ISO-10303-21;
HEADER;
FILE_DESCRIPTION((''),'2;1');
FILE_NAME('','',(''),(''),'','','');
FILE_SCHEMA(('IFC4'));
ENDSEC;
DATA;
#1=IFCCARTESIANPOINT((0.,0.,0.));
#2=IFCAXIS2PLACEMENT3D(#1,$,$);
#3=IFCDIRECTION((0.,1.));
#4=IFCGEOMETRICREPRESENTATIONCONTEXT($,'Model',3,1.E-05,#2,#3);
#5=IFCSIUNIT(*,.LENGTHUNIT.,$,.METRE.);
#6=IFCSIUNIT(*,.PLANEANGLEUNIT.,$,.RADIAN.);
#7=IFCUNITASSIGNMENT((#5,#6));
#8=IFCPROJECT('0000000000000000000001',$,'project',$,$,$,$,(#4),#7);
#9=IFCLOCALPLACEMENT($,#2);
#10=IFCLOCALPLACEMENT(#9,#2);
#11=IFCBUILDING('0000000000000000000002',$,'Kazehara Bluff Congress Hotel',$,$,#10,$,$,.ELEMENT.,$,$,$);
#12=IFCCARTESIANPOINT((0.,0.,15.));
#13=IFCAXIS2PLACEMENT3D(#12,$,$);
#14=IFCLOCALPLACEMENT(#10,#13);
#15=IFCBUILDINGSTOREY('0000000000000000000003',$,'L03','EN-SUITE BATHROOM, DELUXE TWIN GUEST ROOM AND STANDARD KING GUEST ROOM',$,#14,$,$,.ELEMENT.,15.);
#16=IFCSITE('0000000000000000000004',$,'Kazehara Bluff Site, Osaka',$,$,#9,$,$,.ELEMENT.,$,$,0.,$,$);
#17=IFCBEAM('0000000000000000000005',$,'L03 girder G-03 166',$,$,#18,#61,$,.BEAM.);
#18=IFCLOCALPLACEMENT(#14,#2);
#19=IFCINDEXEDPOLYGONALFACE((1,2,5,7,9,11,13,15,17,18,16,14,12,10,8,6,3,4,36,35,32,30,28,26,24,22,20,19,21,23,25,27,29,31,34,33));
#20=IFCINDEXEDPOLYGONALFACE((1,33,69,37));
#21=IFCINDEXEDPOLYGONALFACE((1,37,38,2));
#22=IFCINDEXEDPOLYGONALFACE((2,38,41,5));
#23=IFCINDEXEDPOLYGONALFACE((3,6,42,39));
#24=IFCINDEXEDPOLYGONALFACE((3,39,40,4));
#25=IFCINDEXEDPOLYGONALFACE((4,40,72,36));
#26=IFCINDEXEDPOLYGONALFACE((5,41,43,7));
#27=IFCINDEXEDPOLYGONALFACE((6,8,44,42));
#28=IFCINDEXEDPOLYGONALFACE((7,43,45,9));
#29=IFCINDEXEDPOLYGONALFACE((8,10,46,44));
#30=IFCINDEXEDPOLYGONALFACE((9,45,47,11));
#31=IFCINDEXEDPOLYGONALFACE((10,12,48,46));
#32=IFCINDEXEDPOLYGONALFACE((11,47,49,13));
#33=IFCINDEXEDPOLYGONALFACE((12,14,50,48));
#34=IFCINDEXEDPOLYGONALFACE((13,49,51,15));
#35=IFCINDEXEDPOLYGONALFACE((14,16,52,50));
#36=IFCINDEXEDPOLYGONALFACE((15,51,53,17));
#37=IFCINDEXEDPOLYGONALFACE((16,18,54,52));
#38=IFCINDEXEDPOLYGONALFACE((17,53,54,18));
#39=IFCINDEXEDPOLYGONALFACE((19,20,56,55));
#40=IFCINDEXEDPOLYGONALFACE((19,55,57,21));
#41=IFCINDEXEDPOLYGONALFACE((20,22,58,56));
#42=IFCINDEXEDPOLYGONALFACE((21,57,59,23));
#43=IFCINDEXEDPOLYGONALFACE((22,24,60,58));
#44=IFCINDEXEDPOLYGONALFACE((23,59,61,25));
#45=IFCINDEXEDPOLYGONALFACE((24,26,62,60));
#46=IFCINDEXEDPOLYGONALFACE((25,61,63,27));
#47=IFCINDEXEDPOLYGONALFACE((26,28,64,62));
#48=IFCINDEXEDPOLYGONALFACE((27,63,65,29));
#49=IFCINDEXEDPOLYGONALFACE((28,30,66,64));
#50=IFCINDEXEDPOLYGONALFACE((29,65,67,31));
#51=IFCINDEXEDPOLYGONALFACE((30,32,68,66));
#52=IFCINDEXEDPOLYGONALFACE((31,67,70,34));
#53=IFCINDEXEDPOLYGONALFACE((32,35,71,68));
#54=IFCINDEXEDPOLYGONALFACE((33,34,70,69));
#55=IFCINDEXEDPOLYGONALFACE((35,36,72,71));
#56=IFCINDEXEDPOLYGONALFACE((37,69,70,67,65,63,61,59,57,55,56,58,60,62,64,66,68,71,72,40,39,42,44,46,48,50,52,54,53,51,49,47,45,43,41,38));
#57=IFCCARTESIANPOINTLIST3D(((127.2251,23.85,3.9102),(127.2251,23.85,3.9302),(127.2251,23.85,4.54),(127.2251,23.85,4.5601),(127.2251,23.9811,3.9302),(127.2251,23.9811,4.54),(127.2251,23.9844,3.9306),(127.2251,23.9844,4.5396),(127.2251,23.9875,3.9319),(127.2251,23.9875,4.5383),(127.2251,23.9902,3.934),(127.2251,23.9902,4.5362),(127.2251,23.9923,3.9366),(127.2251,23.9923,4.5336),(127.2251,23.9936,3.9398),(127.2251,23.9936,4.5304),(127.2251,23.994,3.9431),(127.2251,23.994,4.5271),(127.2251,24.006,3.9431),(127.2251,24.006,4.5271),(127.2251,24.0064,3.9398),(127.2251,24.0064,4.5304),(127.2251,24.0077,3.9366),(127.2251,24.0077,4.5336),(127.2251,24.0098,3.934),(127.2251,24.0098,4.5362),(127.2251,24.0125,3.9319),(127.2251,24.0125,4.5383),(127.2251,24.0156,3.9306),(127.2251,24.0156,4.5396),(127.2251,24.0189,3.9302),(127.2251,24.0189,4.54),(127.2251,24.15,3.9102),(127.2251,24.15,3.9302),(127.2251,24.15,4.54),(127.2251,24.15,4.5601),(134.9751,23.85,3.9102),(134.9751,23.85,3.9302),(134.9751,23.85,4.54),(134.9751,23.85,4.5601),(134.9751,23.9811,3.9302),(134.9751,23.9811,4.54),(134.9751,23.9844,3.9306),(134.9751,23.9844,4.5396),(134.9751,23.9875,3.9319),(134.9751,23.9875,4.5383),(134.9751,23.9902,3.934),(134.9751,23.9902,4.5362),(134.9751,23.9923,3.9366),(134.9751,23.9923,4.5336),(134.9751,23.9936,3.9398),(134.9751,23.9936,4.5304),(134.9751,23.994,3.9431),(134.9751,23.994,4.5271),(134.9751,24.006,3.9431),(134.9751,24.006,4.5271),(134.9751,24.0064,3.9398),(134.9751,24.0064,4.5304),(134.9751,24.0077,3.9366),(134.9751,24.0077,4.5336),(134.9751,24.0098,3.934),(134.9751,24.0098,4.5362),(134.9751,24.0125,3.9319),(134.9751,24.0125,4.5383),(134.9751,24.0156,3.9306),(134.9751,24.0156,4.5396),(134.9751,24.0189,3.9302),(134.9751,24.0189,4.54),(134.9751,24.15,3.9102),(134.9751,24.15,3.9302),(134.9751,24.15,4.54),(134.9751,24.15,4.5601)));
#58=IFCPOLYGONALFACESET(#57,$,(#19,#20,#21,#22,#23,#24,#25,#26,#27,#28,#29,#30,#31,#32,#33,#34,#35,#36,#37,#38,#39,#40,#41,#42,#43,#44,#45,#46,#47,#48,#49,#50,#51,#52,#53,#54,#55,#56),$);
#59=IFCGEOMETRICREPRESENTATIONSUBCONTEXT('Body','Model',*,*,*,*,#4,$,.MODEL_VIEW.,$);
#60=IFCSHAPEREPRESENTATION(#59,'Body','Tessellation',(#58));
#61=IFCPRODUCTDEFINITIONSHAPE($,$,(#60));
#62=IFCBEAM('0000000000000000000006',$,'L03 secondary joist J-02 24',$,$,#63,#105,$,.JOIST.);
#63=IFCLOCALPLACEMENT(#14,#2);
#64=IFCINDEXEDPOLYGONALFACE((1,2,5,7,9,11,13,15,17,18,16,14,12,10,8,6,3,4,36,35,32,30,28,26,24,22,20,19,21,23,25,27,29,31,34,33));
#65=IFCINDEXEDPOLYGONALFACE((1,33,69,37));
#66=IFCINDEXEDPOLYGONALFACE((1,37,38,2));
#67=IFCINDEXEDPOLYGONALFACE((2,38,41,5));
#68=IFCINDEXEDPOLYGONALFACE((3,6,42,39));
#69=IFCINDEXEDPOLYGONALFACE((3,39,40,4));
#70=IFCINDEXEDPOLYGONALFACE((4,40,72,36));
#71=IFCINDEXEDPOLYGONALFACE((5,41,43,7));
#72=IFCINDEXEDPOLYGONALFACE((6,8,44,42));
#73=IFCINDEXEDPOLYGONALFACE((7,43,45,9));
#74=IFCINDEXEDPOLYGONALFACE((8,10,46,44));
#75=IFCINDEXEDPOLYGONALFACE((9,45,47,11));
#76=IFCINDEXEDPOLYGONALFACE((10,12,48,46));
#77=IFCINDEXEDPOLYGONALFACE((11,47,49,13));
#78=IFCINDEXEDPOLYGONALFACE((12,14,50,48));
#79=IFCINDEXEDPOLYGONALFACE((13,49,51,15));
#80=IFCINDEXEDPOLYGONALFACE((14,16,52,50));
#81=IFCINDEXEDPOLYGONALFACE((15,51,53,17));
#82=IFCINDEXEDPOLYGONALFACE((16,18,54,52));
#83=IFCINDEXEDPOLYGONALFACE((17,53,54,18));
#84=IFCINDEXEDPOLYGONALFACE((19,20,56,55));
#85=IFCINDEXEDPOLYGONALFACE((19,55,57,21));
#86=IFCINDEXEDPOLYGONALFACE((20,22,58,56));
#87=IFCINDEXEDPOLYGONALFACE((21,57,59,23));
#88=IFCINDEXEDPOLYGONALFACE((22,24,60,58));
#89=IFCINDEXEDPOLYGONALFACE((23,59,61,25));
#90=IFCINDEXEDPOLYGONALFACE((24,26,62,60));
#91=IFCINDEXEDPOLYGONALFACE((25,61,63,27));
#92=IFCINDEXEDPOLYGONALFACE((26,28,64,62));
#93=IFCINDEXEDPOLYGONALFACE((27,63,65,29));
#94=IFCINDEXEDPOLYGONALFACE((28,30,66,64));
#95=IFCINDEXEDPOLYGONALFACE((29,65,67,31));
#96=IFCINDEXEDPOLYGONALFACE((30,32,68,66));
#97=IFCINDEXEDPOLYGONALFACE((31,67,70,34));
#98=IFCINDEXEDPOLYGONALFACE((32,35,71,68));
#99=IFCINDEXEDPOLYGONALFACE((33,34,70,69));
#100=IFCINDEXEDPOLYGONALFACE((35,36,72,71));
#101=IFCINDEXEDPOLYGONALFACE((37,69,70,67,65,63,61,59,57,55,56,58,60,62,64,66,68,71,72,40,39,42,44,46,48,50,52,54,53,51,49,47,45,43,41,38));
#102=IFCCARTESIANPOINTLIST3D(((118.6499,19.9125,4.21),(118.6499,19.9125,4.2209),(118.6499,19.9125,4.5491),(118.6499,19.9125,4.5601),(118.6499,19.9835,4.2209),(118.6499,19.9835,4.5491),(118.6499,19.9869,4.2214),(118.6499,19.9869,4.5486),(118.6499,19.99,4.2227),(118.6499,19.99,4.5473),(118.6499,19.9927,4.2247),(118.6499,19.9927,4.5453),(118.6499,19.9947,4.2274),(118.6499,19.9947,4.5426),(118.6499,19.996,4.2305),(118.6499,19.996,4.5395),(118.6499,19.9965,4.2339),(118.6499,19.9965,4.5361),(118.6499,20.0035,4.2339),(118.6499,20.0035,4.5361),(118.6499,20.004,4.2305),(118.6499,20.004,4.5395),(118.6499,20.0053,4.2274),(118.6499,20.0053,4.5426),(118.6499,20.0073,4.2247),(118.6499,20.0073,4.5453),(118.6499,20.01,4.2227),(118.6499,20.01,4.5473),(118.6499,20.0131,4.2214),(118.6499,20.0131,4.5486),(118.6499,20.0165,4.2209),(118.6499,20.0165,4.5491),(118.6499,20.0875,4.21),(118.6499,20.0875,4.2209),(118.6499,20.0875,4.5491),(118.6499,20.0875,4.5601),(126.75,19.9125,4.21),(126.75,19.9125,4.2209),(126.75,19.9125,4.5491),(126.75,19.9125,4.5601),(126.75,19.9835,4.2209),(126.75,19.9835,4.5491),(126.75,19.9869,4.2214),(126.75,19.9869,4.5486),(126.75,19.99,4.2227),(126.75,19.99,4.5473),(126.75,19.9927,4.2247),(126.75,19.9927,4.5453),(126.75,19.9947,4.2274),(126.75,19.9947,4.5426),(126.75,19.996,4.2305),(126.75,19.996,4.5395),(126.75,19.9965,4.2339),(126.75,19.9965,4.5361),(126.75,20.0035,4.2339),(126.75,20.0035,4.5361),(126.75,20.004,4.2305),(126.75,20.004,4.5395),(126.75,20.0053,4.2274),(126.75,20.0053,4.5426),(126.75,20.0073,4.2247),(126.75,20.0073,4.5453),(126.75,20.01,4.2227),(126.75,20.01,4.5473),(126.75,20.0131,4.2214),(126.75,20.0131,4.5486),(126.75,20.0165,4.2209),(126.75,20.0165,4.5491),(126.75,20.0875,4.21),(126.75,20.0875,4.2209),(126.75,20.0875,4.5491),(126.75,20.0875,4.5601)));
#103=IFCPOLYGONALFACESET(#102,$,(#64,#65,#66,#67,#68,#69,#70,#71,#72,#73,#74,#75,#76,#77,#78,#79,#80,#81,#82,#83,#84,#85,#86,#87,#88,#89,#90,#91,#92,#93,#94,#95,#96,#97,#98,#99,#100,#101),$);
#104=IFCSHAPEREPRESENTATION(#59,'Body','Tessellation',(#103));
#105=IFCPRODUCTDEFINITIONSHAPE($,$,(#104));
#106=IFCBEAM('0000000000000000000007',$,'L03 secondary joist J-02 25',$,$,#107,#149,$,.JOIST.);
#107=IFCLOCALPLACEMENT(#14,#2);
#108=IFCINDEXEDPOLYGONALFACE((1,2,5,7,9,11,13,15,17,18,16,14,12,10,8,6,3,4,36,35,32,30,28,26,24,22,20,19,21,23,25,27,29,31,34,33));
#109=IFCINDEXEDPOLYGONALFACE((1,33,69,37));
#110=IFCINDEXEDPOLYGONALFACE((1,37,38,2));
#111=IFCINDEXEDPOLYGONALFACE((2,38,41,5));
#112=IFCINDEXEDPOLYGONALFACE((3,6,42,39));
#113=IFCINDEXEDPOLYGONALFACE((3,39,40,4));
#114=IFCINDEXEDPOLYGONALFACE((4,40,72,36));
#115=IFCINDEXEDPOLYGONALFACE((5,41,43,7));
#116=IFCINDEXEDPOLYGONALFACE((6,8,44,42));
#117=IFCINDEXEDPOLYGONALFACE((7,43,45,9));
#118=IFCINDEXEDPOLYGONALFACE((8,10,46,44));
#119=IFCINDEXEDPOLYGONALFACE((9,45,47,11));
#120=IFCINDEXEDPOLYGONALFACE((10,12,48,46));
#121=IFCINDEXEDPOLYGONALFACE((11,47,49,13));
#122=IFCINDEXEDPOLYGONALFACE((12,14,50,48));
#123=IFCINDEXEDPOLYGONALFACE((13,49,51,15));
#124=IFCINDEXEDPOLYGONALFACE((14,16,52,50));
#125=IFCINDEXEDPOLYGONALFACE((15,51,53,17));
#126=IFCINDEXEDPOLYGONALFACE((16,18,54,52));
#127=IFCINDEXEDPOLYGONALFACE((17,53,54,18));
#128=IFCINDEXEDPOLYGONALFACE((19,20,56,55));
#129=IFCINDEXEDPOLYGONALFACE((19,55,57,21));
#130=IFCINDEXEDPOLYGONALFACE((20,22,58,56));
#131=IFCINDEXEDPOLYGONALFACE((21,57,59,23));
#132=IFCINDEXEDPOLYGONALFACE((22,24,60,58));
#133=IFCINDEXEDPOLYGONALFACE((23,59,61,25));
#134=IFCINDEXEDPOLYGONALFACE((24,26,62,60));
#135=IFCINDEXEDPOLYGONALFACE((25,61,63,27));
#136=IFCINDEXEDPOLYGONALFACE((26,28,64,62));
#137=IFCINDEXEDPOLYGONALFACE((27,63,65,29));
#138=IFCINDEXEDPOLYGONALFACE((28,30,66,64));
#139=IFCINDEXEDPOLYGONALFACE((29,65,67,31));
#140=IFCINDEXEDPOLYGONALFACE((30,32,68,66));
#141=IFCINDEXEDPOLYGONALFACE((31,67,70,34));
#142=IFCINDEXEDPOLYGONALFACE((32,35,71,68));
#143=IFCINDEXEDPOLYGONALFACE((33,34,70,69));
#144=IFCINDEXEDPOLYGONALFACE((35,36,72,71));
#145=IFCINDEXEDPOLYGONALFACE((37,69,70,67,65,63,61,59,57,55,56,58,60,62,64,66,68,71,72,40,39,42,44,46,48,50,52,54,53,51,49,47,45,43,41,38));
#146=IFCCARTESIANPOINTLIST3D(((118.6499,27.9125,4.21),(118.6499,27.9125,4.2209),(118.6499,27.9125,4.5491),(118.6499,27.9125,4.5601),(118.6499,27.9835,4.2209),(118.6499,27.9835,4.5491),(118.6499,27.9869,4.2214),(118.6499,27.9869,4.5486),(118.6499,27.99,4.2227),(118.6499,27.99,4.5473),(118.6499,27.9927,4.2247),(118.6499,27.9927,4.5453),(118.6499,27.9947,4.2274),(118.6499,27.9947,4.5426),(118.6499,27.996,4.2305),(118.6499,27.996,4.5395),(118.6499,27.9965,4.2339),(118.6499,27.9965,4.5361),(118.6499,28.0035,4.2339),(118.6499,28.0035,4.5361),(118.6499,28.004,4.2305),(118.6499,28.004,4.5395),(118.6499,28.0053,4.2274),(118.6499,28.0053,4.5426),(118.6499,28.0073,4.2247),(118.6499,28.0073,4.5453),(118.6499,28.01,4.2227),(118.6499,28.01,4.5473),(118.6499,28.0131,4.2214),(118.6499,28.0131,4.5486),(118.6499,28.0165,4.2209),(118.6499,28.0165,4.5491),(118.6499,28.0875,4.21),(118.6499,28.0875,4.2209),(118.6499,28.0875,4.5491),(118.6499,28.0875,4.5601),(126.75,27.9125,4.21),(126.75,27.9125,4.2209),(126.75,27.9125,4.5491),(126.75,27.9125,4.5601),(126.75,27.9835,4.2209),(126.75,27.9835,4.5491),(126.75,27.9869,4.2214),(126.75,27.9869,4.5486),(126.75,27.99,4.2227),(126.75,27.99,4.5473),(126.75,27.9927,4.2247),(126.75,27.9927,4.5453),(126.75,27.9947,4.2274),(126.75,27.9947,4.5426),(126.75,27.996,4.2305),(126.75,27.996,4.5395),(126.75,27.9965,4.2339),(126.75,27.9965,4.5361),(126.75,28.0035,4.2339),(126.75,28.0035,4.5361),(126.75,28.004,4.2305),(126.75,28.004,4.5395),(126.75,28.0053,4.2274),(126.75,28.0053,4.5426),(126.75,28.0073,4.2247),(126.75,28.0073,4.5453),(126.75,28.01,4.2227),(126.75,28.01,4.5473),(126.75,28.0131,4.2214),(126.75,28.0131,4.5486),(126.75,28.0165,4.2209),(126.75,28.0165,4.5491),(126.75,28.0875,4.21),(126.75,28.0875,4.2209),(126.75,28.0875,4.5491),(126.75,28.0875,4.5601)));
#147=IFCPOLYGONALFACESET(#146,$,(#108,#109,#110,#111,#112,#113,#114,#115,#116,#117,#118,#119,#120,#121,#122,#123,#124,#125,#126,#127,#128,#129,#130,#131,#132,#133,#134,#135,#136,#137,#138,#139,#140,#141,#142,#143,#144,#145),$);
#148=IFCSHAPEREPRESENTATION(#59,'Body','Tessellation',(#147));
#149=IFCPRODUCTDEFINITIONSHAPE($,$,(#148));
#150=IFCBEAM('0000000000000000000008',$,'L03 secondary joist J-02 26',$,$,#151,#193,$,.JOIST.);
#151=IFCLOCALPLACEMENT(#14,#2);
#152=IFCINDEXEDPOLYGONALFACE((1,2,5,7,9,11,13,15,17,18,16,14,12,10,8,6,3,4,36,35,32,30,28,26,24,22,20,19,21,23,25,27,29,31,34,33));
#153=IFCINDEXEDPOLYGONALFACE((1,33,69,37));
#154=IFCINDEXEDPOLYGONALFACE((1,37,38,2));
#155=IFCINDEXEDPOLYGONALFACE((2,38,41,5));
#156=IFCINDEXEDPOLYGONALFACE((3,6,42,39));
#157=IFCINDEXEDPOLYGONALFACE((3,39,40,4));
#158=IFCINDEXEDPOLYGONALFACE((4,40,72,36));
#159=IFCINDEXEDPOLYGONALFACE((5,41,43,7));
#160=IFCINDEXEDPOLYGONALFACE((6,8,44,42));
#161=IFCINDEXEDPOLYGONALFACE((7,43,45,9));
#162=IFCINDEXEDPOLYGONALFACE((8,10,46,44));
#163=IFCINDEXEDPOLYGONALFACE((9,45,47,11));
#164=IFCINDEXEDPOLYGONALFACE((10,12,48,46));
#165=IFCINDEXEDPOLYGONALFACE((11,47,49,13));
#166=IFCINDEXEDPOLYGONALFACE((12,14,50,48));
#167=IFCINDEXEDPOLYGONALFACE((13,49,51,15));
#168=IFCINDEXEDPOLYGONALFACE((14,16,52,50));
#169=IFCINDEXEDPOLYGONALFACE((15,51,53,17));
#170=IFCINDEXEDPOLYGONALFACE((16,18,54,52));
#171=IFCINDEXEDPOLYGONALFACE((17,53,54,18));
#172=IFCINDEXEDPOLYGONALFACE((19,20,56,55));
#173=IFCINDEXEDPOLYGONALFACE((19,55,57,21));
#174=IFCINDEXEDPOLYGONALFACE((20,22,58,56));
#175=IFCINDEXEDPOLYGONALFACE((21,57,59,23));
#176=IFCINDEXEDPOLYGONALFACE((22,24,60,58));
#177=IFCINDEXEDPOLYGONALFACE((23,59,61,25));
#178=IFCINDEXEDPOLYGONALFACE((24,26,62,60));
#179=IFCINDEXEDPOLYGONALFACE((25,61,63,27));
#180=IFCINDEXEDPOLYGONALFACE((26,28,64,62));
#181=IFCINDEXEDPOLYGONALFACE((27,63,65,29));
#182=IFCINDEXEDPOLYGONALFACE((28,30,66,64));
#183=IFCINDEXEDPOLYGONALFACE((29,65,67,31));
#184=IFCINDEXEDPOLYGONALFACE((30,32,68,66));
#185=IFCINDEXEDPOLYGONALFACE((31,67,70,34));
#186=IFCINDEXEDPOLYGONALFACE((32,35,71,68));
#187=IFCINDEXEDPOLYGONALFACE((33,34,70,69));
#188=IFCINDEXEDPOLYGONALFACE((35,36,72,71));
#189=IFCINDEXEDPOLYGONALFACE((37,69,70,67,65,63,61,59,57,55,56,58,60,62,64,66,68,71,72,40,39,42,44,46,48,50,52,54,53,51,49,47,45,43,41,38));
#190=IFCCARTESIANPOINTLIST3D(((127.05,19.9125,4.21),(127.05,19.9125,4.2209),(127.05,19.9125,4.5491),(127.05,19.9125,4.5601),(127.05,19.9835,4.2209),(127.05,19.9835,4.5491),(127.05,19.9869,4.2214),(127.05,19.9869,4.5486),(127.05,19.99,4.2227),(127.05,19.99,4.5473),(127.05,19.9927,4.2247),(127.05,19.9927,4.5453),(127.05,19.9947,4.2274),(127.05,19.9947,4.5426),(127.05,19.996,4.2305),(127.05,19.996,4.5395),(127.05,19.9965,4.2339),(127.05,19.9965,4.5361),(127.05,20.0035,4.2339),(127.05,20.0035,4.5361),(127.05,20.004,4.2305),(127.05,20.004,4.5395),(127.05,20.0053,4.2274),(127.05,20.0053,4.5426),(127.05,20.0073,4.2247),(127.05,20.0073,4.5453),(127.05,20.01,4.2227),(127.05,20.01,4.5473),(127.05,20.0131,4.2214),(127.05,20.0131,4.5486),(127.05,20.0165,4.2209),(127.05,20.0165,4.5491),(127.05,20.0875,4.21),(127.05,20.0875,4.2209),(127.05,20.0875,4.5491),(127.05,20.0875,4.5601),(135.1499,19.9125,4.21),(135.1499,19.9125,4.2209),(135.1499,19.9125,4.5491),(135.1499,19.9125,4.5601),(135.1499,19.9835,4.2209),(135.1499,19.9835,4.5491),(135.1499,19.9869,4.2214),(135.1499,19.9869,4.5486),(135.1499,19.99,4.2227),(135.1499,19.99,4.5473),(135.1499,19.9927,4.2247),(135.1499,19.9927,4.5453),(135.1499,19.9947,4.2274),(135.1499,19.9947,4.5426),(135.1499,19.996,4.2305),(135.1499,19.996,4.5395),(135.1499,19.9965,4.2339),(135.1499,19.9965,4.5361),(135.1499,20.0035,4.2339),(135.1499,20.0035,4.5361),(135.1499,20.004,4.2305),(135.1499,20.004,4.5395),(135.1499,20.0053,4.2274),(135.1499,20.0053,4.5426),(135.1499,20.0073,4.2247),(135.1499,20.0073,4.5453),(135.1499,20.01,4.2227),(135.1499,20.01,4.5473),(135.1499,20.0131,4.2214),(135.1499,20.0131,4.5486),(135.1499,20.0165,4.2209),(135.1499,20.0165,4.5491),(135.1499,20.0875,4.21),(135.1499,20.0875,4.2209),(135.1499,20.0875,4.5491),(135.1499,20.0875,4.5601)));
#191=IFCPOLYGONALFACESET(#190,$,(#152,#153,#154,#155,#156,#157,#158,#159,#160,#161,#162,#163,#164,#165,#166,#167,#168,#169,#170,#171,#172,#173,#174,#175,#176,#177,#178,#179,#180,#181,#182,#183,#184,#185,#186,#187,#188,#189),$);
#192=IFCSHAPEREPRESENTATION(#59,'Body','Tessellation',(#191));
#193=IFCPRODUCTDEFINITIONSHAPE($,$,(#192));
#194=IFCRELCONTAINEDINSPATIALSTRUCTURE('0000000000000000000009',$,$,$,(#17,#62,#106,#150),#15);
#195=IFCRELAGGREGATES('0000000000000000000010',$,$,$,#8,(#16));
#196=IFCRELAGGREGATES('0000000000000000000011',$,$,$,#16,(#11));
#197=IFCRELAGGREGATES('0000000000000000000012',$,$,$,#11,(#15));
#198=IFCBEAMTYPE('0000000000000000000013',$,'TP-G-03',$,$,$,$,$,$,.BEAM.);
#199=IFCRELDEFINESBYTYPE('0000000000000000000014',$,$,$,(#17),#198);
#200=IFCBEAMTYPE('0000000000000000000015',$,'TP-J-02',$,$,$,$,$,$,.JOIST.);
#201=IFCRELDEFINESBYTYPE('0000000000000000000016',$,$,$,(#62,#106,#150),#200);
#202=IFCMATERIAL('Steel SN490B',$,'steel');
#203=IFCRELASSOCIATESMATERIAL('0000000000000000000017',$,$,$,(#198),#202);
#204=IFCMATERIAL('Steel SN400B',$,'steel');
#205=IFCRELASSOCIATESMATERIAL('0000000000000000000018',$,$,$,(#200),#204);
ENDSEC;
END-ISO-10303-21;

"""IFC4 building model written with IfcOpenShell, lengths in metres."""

from ifc_helpers import new_model, si_unit, direction, frame, origin, origin_2d, place, context, subcontext, project, spatial, i_section, extrude, material, material_profile, profile_set, type_object, element, save


model = new_model("IFC4")

# Units and contexts
model_context = context("Model", 3, precision=1e-05, world=origin(), true_north=direction((0.0, 1.0)))
body_context = subcontext(model_context, "Body", "Model", "MODEL_VIEW")
ifc_project = project(units=[si_unit("LENGTHUNIT", "METRE"), si_unit("PLANEANGLEUNIT", "RADIAN")], contexts=[model_context])

# Site, building, storey
site_placement = place(None, origin())
site = spatial("IfcSite", under=ifc_project, at=site_placement, Name="Kazehara Bluff Site, Osaka", CompositionType="ELEMENT", RefElevation=0.0)
building_placement = place(site_placement, origin())
building = spatial("IfcBuilding", under=site, at=building_placement, Name="Kazehara Bluff Congress Hotel", CompositionType="ELEMENT")
storey_placement = place(building_placement, frame((0.0, 0.0, 15.0)))
storey = spatial("IfcBuildingStorey", under=building, at=storey_placement, Name="L03", Description="EN-SUITE BATHROOM, DELUXE TWIN GUEST ROOM AND STANDARD KING GUEST ROOM", CompositionType="ELEMENT", Elevation=15.0)

# Beams
ifc_material_1 = material(Name="Steel SN490B", Category="steel")
ifc_material_profile_1 = material_profile(ifc_material_1, i_section(OverallWidth=0.3, OverallDepth=0.6499, WebThickness=0.012, FlangeThickness=0.02, FilletRadius=0.0129, at=origin_2d()))
ifc_profile_set_1 = profile_set([ifc_material_profile_1], Name="Steel SN490B")
beam_type_1 = type_object("IfcBeamType", Name="TP-G-03", PredefinedType="BEAM", material=ifc_profile_set_1)
for number, where, z_axis, x_axis, name in (
    (1, (127.2251, 24.0, 4.2351), (1.0, 0.0, 0.0), (0.0, 1.0, 0.0), "L03 girder G-03 166"),
):
    element("IfcBeam", number, at=place(storey_placement, frame(where, z_axis=z_axis, x_axis=x_axis)), inside=storey, type_object=beam_type_1, Name=name, PredefinedType="BEAM", context=body_context, shape_type="SweptSolid", body=[
        extrude(i_section(OverallWidth=0.3, OverallDepth=0.6499, WebThickness=0.012, FlangeThickness=0.02, FilletRadius=0.0129, at=origin_2d()), origin(), (0.0, 0.0, 1.0), 7.75),
    ])
ifc_material_2 = material(Name="Steel SN400B", Category="steel")
ifc_material_profile_2 = material_profile(ifc_material_2, i_section(OverallWidth=0.175, OverallDepth=0.3501, WebThickness=0.0071, FlangeThickness=0.011, FilletRadius=0.0129, at=origin_2d()))
ifc_profile_set_2 = profile_set([ifc_material_profile_2], Name="Steel SN400B")
beam_type_2 = type_object("IfcBeamType", Name="TP-J-02", PredefinedType="JOIST", material=ifc_profile_set_2)
for number, where, z_axis, x_axis, name in (
    (2, (118.6499, 20.0, 4.385), (1.0, 0.0, 0.0), (0.0, 1.0, 0.0), "L03 secondary joist J-02 24"),
    (3, (118.6499, 28.0, 4.385), (1.0, 0.0, 0.0), (0.0, 1.0, 0.0), "L03 secondary joist J-02 25"),
):
    element("IfcBeam", number, at=place(storey_placement, frame(where, z_axis=z_axis, x_axis=x_axis)), inside=storey, type_object=beam_type_2, Name=name, PredefinedType="JOIST", context=body_context, shape_type="SweptSolid", body=[
        extrude(i_section(OverallWidth=0.175, OverallDepth=0.3501, WebThickness=0.0071, FlangeThickness=0.011, FilletRadius=0.0129, at=origin_2d()), origin(), (0.0, 0.0, 1.0), 8.1001),
    ])
for number, where, z_axis, x_axis, name in (
    (4, (127.05, 20.0, 4.385), (1.0, 0.0, 0.0), (0.0, 1.0, 0.0), "L03 secondary joist J-02 26"),
):
    element("IfcBeam", number, at=place(storey_placement, frame(where, z_axis=z_axis, x_axis=x_axis)), inside=storey, type_object=beam_type_2, Name=name, PredefinedType="JOIST", context=body_context, shape_type="SweptSolid", body=[
        extrude(i_section(OverallWidth=0.175, OverallDepth=0.3501, WebThickness=0.0071, FlangeThickness=0.011, FilletRadius=0.0129, at=origin_2d()), origin(), (0.0, 0.0, 1.0), 8.0999),
    ])

save(model, "model.ifc")
